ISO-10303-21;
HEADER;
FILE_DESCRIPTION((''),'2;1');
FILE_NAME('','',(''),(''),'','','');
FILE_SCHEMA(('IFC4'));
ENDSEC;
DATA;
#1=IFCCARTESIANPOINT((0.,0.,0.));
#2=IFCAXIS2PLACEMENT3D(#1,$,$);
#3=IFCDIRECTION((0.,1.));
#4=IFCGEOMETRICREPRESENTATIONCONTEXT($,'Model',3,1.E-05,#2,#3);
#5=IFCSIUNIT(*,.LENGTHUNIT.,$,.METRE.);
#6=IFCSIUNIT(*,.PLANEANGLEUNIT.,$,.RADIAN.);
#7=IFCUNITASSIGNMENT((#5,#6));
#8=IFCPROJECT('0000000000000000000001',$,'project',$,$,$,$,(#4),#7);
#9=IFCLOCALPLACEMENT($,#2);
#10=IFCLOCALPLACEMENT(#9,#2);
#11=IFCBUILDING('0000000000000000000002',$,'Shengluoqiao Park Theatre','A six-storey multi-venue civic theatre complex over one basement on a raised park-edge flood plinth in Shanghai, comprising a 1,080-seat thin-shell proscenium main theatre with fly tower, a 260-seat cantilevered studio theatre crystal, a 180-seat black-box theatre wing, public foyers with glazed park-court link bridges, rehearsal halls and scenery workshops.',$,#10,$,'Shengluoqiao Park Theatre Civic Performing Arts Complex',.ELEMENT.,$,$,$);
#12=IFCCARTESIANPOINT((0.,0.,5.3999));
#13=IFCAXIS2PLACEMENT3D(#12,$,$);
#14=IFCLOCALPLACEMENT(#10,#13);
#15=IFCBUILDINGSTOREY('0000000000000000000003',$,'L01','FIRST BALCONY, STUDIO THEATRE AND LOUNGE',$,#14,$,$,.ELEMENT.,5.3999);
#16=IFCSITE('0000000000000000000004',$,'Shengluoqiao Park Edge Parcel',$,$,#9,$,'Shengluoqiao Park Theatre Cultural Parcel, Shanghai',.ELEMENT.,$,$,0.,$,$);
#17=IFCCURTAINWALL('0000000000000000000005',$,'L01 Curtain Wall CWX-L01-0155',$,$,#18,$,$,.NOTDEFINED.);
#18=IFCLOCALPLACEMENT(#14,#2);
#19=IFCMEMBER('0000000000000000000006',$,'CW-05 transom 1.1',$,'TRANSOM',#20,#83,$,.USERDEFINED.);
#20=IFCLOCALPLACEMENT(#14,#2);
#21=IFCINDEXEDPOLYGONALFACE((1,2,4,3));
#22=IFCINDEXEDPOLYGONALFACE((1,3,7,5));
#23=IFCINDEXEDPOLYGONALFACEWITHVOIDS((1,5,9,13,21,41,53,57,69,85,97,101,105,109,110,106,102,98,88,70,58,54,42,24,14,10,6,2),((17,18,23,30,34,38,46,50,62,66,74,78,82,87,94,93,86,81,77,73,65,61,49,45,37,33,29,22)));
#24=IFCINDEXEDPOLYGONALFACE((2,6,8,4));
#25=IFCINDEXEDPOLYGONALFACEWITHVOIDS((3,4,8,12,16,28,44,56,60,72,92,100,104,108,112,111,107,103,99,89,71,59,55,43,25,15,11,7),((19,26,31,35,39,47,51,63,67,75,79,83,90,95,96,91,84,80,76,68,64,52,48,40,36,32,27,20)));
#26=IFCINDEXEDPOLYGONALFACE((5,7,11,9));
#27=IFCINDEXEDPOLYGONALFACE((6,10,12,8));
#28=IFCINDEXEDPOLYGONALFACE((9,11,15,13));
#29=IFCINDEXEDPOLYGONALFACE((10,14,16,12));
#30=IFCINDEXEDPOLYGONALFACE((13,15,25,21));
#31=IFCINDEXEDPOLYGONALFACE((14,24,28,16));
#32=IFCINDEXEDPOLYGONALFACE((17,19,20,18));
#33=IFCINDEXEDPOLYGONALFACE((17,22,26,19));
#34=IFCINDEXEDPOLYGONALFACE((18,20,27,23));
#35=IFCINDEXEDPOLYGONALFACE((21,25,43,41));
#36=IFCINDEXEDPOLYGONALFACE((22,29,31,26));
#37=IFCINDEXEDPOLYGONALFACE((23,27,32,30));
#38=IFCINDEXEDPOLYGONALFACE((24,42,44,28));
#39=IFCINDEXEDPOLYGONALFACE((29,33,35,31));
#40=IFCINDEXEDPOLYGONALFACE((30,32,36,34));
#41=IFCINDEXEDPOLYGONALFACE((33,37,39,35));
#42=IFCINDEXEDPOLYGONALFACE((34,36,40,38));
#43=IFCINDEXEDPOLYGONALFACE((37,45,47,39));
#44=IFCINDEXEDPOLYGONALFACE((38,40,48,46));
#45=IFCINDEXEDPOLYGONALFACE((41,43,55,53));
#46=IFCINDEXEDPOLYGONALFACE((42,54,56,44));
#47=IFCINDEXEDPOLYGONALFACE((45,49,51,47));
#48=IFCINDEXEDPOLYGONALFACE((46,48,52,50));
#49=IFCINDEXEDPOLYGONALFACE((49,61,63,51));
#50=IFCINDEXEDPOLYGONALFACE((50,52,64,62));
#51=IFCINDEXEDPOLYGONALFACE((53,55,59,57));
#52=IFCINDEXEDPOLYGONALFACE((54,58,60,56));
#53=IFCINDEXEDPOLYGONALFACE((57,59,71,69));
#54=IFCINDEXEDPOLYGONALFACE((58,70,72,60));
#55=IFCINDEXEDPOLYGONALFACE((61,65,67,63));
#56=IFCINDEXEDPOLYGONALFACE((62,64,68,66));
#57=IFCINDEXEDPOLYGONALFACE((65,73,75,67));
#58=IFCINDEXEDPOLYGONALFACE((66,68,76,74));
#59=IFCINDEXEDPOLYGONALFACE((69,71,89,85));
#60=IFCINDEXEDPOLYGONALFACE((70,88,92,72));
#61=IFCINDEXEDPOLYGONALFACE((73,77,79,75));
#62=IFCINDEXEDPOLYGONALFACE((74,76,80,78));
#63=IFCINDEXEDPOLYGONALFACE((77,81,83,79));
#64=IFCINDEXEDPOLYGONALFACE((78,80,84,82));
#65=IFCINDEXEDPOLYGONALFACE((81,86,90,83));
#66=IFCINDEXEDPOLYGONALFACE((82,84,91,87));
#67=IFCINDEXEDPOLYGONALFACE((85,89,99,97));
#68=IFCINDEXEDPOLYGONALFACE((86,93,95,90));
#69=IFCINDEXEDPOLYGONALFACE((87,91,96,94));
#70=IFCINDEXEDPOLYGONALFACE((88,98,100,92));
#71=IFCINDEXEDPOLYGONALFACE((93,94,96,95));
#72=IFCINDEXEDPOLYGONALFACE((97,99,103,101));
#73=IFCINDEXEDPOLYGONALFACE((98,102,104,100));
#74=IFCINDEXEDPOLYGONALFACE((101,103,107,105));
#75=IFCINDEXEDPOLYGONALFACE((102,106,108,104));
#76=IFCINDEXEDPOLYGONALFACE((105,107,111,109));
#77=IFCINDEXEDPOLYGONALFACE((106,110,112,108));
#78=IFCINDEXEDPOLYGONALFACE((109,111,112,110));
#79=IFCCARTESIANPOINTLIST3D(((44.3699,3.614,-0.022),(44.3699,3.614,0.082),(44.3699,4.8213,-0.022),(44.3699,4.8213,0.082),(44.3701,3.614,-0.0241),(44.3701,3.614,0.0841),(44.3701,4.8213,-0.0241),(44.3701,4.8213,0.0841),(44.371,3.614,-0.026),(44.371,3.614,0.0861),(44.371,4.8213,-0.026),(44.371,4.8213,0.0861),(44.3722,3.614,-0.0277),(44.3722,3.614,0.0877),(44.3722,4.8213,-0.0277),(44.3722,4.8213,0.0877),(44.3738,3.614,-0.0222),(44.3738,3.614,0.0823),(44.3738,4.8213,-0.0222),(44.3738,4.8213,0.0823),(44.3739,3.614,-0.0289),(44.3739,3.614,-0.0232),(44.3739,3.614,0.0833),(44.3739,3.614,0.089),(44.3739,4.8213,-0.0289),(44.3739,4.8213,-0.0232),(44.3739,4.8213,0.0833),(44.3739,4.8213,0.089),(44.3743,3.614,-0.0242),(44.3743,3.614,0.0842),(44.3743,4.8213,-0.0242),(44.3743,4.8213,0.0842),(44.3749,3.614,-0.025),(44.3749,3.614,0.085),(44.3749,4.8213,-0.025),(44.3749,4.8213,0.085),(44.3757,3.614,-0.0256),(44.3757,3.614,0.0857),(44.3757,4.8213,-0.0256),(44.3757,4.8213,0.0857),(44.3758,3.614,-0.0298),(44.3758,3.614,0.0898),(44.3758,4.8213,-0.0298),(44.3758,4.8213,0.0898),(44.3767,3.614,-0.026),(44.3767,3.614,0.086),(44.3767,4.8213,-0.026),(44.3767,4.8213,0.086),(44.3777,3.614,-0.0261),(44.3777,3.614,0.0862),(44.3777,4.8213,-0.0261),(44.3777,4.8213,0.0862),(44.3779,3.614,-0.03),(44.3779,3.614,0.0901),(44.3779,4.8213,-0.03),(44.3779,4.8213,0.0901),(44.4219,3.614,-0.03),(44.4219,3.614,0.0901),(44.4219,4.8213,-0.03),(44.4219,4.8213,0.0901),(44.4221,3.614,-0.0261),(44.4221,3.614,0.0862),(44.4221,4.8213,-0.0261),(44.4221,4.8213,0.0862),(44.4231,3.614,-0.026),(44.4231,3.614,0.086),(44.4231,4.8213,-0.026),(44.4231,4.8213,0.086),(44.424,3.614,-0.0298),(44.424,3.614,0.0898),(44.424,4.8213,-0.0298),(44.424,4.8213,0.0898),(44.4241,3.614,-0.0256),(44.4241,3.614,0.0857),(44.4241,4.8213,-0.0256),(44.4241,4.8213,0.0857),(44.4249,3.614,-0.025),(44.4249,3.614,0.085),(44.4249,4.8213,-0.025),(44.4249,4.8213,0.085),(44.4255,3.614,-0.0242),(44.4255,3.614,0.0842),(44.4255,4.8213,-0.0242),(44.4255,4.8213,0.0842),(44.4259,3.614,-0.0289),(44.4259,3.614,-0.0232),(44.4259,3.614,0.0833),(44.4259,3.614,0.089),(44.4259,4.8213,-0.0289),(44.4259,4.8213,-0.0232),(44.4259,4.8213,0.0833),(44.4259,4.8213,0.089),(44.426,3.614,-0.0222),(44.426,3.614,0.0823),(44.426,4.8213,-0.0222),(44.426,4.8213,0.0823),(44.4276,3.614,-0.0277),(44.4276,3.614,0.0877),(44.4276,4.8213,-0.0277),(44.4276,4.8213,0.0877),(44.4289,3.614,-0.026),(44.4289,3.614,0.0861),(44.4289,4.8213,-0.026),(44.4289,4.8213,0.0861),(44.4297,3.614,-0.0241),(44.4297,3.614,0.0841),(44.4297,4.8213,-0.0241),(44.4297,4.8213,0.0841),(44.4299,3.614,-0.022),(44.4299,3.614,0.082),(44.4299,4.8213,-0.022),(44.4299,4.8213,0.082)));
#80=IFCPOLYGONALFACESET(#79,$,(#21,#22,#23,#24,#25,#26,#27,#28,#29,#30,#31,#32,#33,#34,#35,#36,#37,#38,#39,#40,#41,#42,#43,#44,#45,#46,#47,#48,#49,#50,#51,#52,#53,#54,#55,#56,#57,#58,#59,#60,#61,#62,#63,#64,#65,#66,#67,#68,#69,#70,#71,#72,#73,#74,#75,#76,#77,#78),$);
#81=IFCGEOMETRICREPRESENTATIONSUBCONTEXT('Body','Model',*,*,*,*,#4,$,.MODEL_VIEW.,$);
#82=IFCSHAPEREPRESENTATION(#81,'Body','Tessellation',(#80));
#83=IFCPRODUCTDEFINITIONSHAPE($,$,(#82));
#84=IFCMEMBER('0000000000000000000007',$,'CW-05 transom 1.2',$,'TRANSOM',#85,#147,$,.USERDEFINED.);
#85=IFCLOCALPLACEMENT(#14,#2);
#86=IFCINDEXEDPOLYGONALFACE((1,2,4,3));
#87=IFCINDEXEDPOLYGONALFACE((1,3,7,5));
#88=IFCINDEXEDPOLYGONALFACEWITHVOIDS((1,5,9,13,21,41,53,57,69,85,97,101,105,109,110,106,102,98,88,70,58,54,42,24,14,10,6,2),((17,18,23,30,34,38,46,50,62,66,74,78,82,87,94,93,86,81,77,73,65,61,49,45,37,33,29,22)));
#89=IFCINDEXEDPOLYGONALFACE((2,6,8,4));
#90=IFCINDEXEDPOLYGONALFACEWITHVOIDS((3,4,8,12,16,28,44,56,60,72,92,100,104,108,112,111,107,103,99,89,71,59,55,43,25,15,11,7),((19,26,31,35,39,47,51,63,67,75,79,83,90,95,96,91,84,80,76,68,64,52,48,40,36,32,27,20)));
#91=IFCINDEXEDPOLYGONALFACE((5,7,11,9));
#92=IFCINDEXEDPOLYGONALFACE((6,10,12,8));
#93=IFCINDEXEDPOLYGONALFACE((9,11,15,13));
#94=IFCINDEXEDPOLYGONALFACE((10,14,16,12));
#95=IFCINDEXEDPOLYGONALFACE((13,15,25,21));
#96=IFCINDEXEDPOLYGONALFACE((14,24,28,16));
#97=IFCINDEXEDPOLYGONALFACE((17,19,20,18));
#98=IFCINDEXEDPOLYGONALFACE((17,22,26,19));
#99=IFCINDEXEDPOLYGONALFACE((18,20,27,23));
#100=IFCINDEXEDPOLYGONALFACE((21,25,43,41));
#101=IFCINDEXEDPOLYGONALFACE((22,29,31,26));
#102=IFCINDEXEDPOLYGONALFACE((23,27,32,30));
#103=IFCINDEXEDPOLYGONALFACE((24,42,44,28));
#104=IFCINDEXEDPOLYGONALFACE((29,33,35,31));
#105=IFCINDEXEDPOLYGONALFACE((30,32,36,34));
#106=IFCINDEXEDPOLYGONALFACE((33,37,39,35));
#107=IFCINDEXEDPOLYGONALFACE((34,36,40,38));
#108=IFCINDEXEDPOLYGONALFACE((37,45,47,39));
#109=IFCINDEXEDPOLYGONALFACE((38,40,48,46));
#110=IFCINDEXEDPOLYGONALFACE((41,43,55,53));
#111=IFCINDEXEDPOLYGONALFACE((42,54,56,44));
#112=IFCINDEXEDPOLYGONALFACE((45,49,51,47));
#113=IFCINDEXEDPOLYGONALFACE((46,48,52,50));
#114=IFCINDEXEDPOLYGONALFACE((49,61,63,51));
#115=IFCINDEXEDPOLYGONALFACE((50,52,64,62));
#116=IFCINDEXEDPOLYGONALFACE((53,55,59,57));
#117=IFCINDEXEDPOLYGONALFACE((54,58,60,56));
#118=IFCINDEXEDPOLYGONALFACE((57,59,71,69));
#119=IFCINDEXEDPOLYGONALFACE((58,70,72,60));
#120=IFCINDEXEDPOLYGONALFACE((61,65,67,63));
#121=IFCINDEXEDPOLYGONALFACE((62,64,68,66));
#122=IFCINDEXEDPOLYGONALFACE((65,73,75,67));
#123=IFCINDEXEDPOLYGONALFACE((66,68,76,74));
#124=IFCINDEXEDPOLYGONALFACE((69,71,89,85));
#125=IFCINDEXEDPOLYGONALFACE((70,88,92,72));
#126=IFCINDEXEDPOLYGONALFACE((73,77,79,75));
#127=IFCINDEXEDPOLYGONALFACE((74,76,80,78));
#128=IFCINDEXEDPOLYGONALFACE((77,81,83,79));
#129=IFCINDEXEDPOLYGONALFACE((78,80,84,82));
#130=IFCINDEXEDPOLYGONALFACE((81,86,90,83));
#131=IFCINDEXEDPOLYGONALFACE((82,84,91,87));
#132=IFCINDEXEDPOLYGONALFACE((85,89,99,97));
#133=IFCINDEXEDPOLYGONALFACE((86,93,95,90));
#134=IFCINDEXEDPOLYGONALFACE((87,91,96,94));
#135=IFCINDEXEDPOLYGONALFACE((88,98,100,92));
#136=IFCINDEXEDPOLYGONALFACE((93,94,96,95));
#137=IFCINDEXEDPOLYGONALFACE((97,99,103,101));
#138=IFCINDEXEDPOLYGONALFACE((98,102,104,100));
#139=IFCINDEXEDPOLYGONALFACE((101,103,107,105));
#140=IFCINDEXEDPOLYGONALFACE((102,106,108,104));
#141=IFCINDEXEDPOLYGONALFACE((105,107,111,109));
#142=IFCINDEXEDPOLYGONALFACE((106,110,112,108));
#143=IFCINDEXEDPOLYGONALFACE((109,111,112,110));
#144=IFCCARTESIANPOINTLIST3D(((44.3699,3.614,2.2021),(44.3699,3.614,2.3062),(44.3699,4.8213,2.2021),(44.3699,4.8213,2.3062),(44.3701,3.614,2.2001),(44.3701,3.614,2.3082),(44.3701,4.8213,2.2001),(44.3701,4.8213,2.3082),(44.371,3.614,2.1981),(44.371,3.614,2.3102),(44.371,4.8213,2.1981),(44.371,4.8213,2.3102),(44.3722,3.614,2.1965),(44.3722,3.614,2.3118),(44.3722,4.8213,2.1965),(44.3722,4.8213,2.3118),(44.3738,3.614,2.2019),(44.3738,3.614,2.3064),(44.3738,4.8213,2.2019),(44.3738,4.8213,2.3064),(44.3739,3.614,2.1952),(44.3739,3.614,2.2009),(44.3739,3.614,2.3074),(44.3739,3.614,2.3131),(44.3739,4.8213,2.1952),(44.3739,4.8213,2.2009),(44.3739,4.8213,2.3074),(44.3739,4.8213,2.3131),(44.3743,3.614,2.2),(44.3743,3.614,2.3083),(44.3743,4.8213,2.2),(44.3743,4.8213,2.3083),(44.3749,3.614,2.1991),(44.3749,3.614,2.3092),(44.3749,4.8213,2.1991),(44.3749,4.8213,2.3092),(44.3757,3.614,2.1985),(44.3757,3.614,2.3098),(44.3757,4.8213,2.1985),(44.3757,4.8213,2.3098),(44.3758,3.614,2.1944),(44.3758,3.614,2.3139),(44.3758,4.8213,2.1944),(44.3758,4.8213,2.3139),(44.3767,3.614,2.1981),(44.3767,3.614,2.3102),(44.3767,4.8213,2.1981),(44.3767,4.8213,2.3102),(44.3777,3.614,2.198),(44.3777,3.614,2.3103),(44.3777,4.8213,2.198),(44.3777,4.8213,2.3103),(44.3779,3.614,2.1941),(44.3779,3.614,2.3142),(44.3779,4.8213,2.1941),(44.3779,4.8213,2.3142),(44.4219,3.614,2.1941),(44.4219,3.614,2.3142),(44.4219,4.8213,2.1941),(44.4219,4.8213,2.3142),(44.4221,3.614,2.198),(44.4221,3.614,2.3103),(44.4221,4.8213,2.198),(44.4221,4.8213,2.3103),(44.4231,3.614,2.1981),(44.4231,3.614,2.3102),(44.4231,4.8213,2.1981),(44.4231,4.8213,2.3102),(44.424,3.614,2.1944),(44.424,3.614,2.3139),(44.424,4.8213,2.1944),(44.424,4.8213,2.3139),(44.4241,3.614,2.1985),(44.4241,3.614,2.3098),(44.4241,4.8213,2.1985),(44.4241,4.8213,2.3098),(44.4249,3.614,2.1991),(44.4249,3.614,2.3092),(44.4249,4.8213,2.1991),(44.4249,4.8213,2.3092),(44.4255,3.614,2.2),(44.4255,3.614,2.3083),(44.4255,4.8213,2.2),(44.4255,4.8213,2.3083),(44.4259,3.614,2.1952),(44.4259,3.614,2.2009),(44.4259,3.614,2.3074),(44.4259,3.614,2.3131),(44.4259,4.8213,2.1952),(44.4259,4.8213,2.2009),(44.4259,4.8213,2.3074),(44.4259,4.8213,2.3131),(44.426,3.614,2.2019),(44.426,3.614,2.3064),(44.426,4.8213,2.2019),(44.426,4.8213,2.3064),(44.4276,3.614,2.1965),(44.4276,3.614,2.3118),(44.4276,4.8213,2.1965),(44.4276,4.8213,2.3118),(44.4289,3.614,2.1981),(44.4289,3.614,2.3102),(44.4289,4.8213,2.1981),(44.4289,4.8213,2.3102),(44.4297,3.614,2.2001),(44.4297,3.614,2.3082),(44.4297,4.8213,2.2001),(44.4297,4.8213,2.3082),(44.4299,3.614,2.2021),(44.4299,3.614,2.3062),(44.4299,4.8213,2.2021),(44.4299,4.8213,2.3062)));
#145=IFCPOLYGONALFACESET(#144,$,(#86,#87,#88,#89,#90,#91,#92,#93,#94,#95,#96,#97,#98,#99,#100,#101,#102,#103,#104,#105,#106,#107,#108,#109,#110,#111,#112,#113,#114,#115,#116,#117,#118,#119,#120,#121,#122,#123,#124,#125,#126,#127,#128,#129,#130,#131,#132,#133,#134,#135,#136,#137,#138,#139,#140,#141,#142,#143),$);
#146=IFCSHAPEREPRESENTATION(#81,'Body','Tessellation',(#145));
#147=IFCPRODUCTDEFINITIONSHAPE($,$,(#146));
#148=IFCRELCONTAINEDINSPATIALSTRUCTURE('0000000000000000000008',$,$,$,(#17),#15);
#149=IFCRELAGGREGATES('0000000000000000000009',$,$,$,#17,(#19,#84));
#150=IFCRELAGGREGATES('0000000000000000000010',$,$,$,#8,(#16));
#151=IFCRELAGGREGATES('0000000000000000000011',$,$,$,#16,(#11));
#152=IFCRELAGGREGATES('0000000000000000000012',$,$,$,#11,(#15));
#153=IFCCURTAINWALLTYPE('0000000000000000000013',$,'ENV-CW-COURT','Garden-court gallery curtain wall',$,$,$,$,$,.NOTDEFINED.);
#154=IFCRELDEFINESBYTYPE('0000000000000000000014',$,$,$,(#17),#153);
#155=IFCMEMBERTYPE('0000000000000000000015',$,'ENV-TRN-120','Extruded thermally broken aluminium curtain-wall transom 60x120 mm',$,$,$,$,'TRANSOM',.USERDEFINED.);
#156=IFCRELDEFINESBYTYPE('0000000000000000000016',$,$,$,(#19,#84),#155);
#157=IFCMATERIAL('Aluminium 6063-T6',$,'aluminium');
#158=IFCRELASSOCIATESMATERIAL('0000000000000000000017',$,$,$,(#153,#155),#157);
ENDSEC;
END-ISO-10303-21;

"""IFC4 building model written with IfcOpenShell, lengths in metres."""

from ifc_helpers import new_model, si_unit, direction, frame, origin, origin_2d, place, context, subcontext, project, spatial, hollow_rectangle, extrude, material, material_profile, profile_set, type_object, element, aggregate, save


model = new_model("IFC4")

# Units and contexts
model_context = context("Model", 3, precision=1e-05, world=origin(), true_north=direction((0.0, 1.0)))
body_context = subcontext(model_context, "Body", "Model", "MODEL_VIEW")
ifc_project = project(units=[si_unit("LENGTHUNIT", "METRE"), si_unit("PLANEANGLEUNIT", "RADIAN")], contexts=[model_context])

# Site, building, storey
site_placement = place(None, origin())
site = spatial("IfcSite", under=ifc_project, at=site_placement, Name="Shengluoqiao Park Edge Parcel", LongName="Shengluoqiao Park Theatre Cultural Parcel, Shanghai", CompositionType="ELEMENT", RefElevation=0.0)
building_placement = place(site_placement, origin())
building = spatial("IfcBuilding", under=site, at=building_placement, Name="Shengluoqiao Park Theatre", Description="A six-storey multi-venue civic theatre complex over one basement on a raised park-edge flood plinth in Shanghai, comprising a 1,080-seat thin-shell proscenium main theatre with fly tower, a 260-seat cantilevered studio theatre crystal, a 180-seat black-box theatre wing, public foyers with glazed park-court link bridges, rehearsal halls and scenery workshops.", LongName="Shengluoqiao Park Theatre Civic Performing Arts Complex", CompositionType="ELEMENT")
storey_placement = place(building_placement, frame((0.0, 0.0, 5.3999)))
storey = spatial("IfcBuildingStorey", under=building, at=storey_placement, Name="L01", Description="FIRST BALCONY, STUDIO THEATRE AND LOUNGE", CompositionType="ELEMENT", Elevation=5.3999)

# Curtain wall, members
ifc_material_1 = material(Name="Aluminium 6063-T6", Category="aluminium")
curtain_wall_type = type_object("IfcCurtainWallType", Name="ENV-CW-COURT", Description="Garden-court gallery curtain wall", PredefinedType="NOTDEFINED", material=ifc_material_1)
curtain_wall_placement = place(storey_placement, origin())
curtain_wall = element("IfcCurtainWall", 1, at=curtain_wall_placement, inside=storey, type_object=curtain_wall_type, Name="L01 Curtain Wall CWX-L01-0155", PredefinedType="NOTDEFINED")
ifc_material_profile_1 = material_profile(ifc_material_1, hollow_rectangle(XDim=0.0601, YDim=0.1201, WallThickness=0.0039, InnerFilletRadius=0.0039, OuterFilletRadius=0.0081, at=origin_2d()), Name="ALU TRANSOM 120x60x4")
ifc_profile_set_1 = profile_set([ifc_material_profile_1], Name="Aluminium 6063-T6")
member_type_1 = type_object("IfcMemberType", Name="ENV-TRN-120", Description="Extruded thermally broken aluminium curtain-wall transom 60x120 mm", ElementType="TRANSOM", PredefinedType="USERDEFINED", material=ifc_profile_set_1)
member_1_placement = place(storey_placement, frame((44.3999, 3.614, 0.03), z_axis=(0.0, 1.0, 0.0), x_axis=(-1.0, 0.0, 0.0)))
member_1 = element("IfcMember", 2, at=member_1_placement, type_object=member_type_1, Name="CW-05 transom 1.1", ObjectType="TRANSOM", PredefinedType="USERDEFINED", context=body_context, shape_type="SweptSolid", body=[
    extrude(hollow_rectangle(XDim=0.0601, YDim=0.1201, WallThickness=0.0039, InnerFilletRadius=0.0039, OuterFilletRadius=0.0081, at=origin_2d()), origin(), (0.0, 0.0, 1.0), 1.2073),
])
member_2_placement = place(storey_placement, frame((44.3999, 3.614, 2.2542), z_axis=(0.0, 1.0, 0.0), x_axis=(-1.0, 0.0, 0.0)))
member_2 = element("IfcMember", 3, at=member_2_placement, type_object=member_type_1, Name="CW-05 transom 1.2", ObjectType="TRANSOM", PredefinedType="USERDEFINED", context=body_context, shape_type="SweptSolid", body=[
    extrude(hollow_rectangle(XDim=0.0601, YDim=0.1201, WallThickness=0.0039, InnerFilletRadius=0.0039, OuterFilletRadius=0.0081, at=origin_2d()), origin(), (0.0, 0.0, 1.0), 1.2073),
])

aggregate(curtain_wall, [member_1, member_2])

save(model, "model.ifc")
